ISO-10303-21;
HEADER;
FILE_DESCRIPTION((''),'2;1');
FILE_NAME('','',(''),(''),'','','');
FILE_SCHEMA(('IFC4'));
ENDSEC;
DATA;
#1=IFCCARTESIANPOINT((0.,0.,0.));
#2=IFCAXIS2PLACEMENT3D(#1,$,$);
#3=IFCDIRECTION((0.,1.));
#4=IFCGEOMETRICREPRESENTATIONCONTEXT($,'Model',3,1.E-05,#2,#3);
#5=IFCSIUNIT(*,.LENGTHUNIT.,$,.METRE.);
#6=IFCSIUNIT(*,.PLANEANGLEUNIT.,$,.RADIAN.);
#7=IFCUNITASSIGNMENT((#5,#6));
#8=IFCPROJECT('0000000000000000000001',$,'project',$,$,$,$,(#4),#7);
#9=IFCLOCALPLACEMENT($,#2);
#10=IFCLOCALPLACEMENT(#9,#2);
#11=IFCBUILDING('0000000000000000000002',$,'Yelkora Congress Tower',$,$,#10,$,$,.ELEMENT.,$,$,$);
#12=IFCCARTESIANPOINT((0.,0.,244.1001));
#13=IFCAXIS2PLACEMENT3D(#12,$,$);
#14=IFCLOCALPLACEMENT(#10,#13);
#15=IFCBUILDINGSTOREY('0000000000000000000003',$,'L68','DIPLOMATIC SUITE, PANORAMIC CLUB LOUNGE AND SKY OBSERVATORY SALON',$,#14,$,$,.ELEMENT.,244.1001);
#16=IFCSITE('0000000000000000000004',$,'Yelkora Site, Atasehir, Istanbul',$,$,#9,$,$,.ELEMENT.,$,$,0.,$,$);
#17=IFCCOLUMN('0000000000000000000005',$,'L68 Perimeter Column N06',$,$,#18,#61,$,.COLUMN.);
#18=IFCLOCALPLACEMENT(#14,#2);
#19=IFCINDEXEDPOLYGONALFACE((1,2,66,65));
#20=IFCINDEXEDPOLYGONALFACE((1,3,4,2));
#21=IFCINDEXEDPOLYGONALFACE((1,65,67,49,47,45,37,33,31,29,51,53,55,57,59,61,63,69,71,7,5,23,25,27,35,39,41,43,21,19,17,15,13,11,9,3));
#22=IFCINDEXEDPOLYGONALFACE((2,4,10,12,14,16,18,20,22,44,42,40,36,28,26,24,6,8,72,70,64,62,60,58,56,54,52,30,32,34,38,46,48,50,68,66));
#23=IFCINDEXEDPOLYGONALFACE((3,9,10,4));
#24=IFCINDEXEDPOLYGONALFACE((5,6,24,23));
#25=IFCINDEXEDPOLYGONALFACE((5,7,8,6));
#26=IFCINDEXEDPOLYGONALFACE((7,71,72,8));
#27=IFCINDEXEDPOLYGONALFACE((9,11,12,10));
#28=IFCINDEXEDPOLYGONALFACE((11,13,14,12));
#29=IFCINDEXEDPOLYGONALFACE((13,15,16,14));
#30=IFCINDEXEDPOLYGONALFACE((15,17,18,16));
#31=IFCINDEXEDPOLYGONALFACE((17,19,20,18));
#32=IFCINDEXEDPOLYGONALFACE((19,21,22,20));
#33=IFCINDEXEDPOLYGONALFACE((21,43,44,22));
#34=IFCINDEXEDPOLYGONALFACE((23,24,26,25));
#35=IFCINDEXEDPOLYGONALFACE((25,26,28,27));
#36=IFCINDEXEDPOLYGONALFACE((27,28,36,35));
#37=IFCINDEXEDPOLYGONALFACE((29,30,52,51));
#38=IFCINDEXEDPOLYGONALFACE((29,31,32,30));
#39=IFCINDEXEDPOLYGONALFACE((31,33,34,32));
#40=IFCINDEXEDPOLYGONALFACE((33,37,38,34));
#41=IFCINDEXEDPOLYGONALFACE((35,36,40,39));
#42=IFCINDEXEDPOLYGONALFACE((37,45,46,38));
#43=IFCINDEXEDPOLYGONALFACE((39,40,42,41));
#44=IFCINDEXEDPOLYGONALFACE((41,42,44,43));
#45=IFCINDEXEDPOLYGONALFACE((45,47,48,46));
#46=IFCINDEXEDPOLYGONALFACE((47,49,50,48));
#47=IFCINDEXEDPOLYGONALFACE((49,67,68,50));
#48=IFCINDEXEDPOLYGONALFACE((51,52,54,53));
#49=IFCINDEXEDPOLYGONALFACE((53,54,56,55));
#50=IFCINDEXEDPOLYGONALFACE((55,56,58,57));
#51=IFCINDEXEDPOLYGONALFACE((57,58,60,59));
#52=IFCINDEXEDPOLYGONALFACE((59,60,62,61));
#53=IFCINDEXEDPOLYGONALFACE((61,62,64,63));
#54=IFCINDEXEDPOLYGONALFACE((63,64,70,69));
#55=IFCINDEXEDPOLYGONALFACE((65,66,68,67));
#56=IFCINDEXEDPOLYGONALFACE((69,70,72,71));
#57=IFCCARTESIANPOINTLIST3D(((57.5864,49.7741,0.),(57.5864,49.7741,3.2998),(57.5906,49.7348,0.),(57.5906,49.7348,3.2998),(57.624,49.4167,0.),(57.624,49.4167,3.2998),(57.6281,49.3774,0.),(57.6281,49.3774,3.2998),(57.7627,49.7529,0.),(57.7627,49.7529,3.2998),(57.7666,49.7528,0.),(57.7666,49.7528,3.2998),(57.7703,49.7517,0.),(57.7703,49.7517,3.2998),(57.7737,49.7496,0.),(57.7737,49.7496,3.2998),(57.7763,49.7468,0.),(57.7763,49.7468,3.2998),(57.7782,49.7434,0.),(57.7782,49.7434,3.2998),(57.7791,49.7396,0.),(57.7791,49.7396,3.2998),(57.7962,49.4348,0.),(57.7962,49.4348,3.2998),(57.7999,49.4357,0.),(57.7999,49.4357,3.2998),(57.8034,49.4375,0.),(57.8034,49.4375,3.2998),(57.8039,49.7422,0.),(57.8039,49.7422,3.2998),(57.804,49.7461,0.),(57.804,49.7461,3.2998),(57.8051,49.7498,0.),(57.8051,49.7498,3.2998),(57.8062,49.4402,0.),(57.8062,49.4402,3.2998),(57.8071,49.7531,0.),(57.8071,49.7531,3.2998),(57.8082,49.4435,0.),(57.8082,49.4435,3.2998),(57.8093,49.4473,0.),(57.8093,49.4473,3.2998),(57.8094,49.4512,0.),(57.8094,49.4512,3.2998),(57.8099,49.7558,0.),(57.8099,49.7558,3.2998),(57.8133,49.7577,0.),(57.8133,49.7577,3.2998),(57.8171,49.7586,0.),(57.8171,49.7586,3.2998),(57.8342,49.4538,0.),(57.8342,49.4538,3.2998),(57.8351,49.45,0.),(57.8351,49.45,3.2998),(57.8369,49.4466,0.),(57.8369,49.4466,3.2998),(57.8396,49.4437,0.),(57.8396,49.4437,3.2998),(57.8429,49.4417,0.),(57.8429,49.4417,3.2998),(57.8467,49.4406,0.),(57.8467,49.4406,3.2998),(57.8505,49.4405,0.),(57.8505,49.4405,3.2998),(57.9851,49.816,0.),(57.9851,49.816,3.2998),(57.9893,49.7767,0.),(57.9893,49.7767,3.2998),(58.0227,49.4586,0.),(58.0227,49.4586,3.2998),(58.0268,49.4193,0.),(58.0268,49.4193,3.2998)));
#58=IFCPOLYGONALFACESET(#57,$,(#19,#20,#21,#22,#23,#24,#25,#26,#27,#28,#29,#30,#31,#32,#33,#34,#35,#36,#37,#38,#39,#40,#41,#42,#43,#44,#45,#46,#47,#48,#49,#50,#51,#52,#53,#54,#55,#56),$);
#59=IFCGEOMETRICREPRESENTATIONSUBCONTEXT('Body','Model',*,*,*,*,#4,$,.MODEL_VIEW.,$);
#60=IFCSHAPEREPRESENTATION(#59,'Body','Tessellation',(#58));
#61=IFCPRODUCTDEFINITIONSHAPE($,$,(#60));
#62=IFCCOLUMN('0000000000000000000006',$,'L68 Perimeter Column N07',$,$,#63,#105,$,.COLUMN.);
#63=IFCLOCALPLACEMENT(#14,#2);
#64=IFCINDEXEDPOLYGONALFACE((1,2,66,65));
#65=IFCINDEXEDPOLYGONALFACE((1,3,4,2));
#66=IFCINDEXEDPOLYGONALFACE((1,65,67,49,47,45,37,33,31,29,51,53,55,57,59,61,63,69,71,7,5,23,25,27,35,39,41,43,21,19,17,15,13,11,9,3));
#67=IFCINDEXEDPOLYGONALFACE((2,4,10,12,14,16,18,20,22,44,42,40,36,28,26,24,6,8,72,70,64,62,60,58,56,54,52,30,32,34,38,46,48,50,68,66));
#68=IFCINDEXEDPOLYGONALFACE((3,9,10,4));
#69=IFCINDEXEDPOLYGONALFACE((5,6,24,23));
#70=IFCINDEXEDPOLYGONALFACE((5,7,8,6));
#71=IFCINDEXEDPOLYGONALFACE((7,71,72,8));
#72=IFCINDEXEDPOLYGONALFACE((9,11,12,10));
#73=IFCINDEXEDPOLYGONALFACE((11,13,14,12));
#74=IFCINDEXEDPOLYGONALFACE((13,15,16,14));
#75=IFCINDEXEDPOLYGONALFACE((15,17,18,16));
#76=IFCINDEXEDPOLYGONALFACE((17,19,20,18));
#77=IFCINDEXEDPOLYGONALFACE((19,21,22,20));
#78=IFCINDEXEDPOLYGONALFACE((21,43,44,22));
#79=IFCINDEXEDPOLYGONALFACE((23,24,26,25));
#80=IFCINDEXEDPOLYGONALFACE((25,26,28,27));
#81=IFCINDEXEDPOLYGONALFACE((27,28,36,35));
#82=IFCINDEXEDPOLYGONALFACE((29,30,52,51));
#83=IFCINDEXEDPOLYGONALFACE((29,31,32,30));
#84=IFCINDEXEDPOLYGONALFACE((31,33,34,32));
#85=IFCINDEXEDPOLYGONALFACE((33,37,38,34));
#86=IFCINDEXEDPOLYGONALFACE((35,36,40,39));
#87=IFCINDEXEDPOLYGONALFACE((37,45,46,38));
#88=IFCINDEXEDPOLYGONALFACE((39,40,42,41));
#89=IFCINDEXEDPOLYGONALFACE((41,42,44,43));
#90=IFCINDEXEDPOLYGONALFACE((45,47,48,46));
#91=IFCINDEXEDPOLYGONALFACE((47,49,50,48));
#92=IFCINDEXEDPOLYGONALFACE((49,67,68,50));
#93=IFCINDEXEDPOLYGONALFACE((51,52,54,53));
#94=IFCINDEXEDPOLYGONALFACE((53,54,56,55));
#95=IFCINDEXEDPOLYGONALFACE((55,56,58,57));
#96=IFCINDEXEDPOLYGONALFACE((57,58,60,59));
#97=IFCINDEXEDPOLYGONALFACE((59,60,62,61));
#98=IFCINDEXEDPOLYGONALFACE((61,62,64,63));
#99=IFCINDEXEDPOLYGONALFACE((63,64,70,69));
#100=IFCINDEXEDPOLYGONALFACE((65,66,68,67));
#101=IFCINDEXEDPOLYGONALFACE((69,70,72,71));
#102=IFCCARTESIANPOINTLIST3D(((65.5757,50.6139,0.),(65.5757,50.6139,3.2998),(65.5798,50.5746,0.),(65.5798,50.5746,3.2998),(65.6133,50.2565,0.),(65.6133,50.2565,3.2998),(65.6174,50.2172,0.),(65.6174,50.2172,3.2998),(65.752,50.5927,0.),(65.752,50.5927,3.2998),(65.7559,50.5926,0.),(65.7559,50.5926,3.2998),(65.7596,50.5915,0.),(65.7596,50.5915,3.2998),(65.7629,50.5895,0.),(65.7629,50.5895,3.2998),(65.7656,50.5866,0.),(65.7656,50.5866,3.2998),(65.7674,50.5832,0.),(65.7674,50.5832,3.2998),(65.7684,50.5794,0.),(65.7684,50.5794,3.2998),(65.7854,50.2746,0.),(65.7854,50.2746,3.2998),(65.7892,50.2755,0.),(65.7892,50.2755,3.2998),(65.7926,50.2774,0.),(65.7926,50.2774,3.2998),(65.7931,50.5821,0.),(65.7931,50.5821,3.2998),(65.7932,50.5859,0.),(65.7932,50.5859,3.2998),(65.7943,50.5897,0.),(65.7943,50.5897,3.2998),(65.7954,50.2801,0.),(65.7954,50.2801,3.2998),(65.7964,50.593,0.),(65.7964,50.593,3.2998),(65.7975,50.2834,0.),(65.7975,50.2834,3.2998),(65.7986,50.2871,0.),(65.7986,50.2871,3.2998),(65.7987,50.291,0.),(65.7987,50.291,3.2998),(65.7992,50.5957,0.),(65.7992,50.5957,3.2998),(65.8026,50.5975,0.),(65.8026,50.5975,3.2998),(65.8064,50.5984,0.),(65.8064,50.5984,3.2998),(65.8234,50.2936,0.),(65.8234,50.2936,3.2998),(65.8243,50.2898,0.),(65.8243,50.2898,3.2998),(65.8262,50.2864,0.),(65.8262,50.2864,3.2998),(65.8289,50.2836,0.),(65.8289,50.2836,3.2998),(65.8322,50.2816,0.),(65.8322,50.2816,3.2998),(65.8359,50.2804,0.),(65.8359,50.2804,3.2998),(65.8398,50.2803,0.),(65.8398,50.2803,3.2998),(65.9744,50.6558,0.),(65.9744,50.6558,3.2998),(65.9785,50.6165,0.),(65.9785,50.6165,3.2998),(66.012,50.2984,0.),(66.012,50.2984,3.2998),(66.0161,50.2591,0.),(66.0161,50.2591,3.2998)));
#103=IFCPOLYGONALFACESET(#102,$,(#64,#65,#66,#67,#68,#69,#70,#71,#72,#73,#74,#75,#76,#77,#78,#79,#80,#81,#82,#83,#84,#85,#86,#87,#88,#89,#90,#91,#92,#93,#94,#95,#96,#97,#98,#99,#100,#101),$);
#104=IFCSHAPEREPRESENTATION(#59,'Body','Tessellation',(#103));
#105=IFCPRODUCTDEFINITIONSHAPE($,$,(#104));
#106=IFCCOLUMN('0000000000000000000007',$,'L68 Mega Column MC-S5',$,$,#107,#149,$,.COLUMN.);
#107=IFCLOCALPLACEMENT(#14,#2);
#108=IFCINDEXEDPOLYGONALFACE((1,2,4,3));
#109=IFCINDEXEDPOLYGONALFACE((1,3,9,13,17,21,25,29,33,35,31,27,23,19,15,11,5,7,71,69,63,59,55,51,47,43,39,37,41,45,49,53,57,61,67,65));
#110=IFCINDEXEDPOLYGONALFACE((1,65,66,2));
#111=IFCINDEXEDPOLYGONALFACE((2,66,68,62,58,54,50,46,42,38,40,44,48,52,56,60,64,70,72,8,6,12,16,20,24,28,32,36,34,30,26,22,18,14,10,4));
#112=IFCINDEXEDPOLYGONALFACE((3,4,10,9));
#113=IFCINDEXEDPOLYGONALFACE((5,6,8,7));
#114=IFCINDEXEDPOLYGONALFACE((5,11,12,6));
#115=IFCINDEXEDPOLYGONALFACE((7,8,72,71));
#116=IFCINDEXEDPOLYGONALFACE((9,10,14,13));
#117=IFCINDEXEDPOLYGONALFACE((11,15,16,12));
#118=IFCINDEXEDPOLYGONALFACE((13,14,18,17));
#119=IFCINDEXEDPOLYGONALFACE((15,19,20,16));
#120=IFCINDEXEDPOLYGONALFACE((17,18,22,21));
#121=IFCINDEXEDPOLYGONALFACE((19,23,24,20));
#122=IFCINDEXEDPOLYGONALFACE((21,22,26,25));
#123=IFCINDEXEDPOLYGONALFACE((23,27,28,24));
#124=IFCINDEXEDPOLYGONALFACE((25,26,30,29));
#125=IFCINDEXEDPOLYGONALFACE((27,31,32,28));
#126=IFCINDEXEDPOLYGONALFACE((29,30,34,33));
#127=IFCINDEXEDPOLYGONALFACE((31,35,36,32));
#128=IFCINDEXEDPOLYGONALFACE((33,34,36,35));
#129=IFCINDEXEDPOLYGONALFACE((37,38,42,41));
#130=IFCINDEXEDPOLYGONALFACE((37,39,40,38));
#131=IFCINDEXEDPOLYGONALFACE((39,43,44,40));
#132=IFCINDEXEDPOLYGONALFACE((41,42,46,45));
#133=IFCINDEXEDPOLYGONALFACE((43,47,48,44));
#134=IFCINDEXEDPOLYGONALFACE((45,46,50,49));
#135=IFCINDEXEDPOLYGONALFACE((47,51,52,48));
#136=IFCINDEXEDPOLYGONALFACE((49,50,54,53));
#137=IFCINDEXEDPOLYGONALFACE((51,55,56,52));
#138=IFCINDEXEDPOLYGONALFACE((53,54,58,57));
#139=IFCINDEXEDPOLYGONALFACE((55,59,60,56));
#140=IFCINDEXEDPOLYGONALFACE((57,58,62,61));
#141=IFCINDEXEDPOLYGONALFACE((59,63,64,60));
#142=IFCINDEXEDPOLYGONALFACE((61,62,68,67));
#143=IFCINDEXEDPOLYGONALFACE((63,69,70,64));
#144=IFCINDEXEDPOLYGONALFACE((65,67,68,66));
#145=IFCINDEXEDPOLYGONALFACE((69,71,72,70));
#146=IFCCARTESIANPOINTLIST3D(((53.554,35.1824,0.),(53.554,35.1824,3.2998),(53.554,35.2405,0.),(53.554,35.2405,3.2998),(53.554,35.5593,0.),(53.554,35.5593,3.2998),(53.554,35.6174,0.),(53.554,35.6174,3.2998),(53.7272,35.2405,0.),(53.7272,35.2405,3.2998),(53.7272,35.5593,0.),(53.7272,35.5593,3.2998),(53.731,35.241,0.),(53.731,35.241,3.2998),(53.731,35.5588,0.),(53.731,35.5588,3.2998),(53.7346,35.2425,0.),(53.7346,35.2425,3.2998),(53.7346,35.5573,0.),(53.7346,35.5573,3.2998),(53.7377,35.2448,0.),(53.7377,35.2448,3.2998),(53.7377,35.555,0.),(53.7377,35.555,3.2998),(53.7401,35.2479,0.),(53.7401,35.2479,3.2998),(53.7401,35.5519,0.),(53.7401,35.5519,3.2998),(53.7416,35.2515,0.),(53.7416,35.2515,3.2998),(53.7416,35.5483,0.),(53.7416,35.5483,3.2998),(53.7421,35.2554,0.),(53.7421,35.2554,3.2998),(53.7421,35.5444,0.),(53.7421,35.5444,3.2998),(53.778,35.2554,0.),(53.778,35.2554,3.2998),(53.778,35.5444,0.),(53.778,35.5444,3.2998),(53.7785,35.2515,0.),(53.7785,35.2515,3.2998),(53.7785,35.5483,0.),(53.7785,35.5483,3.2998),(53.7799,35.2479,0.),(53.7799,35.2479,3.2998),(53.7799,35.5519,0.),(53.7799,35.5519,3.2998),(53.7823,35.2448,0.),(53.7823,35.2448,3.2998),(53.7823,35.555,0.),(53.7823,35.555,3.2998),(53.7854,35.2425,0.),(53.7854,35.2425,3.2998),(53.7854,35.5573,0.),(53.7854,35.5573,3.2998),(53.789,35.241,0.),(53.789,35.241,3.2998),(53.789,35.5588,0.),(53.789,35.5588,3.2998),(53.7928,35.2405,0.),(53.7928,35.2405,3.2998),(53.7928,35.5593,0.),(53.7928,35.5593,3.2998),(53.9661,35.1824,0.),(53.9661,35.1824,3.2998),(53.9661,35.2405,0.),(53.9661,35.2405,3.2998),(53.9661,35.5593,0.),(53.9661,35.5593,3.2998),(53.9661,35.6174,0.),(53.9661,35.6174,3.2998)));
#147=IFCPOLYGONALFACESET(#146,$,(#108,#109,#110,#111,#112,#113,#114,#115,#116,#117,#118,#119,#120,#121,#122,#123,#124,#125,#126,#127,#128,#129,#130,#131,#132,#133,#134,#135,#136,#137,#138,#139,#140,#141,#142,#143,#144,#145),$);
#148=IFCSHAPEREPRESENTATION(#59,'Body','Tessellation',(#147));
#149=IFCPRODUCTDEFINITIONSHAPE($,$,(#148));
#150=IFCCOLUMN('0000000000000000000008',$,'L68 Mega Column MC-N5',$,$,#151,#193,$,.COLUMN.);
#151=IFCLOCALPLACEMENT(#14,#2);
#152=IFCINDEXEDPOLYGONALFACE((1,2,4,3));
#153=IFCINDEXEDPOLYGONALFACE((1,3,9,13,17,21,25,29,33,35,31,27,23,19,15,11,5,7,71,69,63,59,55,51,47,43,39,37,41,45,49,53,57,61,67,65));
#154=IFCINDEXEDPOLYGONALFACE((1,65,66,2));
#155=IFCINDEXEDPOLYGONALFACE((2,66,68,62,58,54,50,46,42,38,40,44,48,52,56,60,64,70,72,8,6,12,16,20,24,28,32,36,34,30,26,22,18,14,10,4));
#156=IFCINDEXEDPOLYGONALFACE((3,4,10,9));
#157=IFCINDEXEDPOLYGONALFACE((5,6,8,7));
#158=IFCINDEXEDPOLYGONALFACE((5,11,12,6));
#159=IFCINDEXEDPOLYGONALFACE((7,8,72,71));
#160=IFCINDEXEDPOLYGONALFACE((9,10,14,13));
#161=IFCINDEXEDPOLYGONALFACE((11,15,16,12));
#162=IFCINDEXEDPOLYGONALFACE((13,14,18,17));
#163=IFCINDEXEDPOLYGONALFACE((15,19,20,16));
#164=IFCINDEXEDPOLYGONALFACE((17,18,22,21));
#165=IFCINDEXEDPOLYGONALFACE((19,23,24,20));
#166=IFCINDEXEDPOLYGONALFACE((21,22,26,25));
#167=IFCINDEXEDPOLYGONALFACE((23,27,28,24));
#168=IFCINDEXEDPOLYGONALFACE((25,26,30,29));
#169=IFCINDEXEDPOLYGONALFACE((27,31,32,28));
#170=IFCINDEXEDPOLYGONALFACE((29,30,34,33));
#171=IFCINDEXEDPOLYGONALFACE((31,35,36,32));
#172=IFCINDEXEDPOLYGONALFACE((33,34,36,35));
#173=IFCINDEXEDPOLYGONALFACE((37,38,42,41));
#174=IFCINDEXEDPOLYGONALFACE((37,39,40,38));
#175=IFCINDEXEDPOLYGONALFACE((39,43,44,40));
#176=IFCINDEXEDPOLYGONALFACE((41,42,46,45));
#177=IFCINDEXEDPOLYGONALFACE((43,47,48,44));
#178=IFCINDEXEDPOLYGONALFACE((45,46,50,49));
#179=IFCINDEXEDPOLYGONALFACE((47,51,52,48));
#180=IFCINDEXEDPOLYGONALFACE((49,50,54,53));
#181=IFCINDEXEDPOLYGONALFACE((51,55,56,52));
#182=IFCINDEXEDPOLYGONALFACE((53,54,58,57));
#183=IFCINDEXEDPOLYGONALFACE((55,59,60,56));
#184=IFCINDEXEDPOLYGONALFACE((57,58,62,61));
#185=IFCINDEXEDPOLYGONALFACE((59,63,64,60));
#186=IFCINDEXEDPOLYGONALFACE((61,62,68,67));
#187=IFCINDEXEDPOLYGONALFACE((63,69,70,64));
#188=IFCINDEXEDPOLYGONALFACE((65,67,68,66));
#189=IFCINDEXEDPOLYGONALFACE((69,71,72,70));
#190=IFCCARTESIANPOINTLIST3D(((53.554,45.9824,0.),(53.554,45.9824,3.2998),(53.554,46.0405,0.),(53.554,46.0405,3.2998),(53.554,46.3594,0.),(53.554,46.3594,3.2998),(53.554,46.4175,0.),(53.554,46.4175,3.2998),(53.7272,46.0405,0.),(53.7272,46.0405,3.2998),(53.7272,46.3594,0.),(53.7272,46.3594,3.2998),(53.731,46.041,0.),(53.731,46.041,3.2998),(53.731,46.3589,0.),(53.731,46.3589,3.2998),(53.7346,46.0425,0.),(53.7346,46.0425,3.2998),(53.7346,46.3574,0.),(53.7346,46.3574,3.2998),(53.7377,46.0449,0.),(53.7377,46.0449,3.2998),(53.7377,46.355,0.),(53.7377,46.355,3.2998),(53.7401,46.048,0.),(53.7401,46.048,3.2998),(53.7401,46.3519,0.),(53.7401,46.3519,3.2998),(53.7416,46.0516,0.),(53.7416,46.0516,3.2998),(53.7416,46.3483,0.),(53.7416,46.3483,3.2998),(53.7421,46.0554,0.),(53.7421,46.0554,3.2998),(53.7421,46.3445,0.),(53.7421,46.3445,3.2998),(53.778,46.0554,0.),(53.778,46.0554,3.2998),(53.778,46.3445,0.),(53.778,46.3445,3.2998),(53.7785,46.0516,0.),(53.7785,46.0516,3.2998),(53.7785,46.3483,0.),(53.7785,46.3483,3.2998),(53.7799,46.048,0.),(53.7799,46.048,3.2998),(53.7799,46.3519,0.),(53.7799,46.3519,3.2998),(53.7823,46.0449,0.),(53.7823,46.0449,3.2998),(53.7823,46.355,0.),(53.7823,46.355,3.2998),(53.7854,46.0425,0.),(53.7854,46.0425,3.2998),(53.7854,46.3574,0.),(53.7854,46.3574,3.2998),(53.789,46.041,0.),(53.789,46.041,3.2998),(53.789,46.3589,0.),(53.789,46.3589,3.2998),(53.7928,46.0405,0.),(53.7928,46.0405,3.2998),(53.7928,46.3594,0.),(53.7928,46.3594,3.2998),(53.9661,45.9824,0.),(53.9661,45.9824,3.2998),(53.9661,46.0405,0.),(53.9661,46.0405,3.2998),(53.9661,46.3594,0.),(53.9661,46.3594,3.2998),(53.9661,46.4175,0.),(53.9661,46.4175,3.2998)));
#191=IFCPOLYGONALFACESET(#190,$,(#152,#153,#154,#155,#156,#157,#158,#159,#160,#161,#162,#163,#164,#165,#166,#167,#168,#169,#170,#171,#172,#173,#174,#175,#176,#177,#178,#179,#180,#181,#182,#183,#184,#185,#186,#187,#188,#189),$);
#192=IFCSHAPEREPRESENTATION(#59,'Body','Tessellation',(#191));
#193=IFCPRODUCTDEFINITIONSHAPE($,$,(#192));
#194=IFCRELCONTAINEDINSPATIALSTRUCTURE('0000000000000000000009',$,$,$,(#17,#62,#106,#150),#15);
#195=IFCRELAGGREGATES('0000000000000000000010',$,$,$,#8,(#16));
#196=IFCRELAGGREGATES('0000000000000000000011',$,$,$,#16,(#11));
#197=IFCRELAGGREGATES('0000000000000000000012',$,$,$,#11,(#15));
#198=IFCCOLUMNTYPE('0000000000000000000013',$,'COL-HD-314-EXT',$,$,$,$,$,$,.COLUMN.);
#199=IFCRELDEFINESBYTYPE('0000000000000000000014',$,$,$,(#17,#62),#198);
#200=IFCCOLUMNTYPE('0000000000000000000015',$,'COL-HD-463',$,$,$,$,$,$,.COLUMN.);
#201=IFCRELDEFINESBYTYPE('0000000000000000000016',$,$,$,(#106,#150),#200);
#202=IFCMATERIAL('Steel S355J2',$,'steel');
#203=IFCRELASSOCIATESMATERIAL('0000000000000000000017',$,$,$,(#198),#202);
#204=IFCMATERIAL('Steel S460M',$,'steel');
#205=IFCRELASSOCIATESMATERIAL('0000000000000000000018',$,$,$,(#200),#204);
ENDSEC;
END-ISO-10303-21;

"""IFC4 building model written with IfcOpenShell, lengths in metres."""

from ifc_helpers import new_model, si_unit, direction, frame, origin, origin_2d, place, context, subcontext, project, spatial, i_section, extrude, material, material_profile, profile_set, type_object, element, save


model = new_model("IFC4")

# Units and contexts
model_context = context("Model", 3, precision=1e-05, world=origin(), true_north=direction((0.0, 1.0)))
body_context = subcontext(model_context, "Body", "Model", "MODEL_VIEW")
ifc_project = project(units=[si_unit("LENGTHUNIT", "METRE"), si_unit("PLANEANGLEUNIT", "RADIAN")], contexts=[model_context])

# Site, building, storey
site_placement = place(None, origin())
site = spatial("IfcSite", under=ifc_project, at=site_placement, Name="Yelkora Site, Atasehir, Istanbul", CompositionType="ELEMENT", RefElevation=0.0)
building_placement = place(site_placement, origin())
building = spatial("IfcBuilding", under=site, at=building_placement, Name="Yelkora Congress Tower", CompositionType="ELEMENT")
storey_placement = place(building_placement, frame((0.0, 0.0, 244.1001)))
storey = spatial("IfcBuildingStorey", under=building, at=storey_placement, Name="L68", Description="DIPLOMATIC SUITE, PANORAMIC CLUB LOUNGE AND SKY OBSERVATORY SALON", CompositionType="ELEMENT", Elevation=244.1001)

# Columns
ifc_material_1 = material(Name="Steel S355J2", Category="steel")
ifc_material_profile_1 = material_profile(ifc_material_1, i_section(OverallWidth=0.4009, OverallDepth=0.3989, WebThickness=0.0249, FlangeThickness=0.0396, FilletRadius=0.0149, at=origin_2d()), Name="HD 400x314")
ifc_profile_set_1 = profile_set([ifc_material_profile_1], Name="Steel S355J2")
column_type_1 = type_object("IfcColumnType", Name="COL-HD-314-EXT", PredefinedType="COLUMN", material=ifc_profile_set_1)
for number, where, z_axis, x_axis, name in (
    (1, (57.8066, 49.5967, 0.0), (0.0, 0.0, 1.0), (0.994522, 0.104528, 0.0), "L68 Perimeter Column N06"),
    (2, (65.7959, 50.4365, 0.0), (0.0, 0.0, 1.0), (0.994522, 0.104528, 0.0), "L68 Perimeter Column N07"),
):
    element("IfcColumn", number, at=place(storey_placement, frame(where, z_axis=z_axis, x_axis=x_axis)), inside=storey, type_object=column_type_1, Name=name, PredefinedType="COLUMN", context=body_context, shape_type="SweptSolid", body=[
        extrude(i_section(OverallWidth=0.4009, OverallDepth=0.3989, WebThickness=0.0249, FlangeThickness=0.0396, FilletRadius=0.0149, at=origin_2d()), origin(), (0.0, 0.0, 1.0), 3.2998),
    ])
ifc_material_2 = material(Name="Steel S460M", Category="steel")
ifc_material_profile_2 = material_profile(ifc_material_2, i_section(OverallWidth=0.4121, OverallDepth=0.4351, WebThickness=0.0359, FlangeThickness=0.0581, FilletRadius=0.0149, at=origin_2d()), Name="HD 400x463")
ifc_profile_set_2 = profile_set([ifc_material_profile_2], Name="Steel S460M")
column_type_2 = type_object("IfcColumnType", Name="COL-HD-463", PredefinedType="COLUMN", material=ifc_profile_set_2)
for number, where, z_axis, x_axis, name in (
    (3, (53.76, 35.3999, 0.0), (0.0, 0.0, 1.0), (1.0, 0.0, 0.0), "L68 Mega Column MC-S5"),
    (4, (53.76, 46.2, 0.0), (0.0, 0.0, 1.0), (1.0, 0.0, 0.0), "L68 Mega Column MC-N5"),
):
    element("IfcColumn", number, at=place(storey_placement, frame(where, z_axis=z_axis, x_axis=x_axis)), inside=storey, type_object=column_type_2, Name=name, PredefinedType="COLUMN", context=body_context, shape_type="SweptSolid", body=[
        extrude(i_section(OverallWidth=0.4121, OverallDepth=0.4351, WebThickness=0.0359, FlangeThickness=0.0581, FilletRadius=0.0149, at=origin_2d()), origin(), (0.0, 0.0, 1.0), 3.2998),
    ])

save(model, "model.ifc")
